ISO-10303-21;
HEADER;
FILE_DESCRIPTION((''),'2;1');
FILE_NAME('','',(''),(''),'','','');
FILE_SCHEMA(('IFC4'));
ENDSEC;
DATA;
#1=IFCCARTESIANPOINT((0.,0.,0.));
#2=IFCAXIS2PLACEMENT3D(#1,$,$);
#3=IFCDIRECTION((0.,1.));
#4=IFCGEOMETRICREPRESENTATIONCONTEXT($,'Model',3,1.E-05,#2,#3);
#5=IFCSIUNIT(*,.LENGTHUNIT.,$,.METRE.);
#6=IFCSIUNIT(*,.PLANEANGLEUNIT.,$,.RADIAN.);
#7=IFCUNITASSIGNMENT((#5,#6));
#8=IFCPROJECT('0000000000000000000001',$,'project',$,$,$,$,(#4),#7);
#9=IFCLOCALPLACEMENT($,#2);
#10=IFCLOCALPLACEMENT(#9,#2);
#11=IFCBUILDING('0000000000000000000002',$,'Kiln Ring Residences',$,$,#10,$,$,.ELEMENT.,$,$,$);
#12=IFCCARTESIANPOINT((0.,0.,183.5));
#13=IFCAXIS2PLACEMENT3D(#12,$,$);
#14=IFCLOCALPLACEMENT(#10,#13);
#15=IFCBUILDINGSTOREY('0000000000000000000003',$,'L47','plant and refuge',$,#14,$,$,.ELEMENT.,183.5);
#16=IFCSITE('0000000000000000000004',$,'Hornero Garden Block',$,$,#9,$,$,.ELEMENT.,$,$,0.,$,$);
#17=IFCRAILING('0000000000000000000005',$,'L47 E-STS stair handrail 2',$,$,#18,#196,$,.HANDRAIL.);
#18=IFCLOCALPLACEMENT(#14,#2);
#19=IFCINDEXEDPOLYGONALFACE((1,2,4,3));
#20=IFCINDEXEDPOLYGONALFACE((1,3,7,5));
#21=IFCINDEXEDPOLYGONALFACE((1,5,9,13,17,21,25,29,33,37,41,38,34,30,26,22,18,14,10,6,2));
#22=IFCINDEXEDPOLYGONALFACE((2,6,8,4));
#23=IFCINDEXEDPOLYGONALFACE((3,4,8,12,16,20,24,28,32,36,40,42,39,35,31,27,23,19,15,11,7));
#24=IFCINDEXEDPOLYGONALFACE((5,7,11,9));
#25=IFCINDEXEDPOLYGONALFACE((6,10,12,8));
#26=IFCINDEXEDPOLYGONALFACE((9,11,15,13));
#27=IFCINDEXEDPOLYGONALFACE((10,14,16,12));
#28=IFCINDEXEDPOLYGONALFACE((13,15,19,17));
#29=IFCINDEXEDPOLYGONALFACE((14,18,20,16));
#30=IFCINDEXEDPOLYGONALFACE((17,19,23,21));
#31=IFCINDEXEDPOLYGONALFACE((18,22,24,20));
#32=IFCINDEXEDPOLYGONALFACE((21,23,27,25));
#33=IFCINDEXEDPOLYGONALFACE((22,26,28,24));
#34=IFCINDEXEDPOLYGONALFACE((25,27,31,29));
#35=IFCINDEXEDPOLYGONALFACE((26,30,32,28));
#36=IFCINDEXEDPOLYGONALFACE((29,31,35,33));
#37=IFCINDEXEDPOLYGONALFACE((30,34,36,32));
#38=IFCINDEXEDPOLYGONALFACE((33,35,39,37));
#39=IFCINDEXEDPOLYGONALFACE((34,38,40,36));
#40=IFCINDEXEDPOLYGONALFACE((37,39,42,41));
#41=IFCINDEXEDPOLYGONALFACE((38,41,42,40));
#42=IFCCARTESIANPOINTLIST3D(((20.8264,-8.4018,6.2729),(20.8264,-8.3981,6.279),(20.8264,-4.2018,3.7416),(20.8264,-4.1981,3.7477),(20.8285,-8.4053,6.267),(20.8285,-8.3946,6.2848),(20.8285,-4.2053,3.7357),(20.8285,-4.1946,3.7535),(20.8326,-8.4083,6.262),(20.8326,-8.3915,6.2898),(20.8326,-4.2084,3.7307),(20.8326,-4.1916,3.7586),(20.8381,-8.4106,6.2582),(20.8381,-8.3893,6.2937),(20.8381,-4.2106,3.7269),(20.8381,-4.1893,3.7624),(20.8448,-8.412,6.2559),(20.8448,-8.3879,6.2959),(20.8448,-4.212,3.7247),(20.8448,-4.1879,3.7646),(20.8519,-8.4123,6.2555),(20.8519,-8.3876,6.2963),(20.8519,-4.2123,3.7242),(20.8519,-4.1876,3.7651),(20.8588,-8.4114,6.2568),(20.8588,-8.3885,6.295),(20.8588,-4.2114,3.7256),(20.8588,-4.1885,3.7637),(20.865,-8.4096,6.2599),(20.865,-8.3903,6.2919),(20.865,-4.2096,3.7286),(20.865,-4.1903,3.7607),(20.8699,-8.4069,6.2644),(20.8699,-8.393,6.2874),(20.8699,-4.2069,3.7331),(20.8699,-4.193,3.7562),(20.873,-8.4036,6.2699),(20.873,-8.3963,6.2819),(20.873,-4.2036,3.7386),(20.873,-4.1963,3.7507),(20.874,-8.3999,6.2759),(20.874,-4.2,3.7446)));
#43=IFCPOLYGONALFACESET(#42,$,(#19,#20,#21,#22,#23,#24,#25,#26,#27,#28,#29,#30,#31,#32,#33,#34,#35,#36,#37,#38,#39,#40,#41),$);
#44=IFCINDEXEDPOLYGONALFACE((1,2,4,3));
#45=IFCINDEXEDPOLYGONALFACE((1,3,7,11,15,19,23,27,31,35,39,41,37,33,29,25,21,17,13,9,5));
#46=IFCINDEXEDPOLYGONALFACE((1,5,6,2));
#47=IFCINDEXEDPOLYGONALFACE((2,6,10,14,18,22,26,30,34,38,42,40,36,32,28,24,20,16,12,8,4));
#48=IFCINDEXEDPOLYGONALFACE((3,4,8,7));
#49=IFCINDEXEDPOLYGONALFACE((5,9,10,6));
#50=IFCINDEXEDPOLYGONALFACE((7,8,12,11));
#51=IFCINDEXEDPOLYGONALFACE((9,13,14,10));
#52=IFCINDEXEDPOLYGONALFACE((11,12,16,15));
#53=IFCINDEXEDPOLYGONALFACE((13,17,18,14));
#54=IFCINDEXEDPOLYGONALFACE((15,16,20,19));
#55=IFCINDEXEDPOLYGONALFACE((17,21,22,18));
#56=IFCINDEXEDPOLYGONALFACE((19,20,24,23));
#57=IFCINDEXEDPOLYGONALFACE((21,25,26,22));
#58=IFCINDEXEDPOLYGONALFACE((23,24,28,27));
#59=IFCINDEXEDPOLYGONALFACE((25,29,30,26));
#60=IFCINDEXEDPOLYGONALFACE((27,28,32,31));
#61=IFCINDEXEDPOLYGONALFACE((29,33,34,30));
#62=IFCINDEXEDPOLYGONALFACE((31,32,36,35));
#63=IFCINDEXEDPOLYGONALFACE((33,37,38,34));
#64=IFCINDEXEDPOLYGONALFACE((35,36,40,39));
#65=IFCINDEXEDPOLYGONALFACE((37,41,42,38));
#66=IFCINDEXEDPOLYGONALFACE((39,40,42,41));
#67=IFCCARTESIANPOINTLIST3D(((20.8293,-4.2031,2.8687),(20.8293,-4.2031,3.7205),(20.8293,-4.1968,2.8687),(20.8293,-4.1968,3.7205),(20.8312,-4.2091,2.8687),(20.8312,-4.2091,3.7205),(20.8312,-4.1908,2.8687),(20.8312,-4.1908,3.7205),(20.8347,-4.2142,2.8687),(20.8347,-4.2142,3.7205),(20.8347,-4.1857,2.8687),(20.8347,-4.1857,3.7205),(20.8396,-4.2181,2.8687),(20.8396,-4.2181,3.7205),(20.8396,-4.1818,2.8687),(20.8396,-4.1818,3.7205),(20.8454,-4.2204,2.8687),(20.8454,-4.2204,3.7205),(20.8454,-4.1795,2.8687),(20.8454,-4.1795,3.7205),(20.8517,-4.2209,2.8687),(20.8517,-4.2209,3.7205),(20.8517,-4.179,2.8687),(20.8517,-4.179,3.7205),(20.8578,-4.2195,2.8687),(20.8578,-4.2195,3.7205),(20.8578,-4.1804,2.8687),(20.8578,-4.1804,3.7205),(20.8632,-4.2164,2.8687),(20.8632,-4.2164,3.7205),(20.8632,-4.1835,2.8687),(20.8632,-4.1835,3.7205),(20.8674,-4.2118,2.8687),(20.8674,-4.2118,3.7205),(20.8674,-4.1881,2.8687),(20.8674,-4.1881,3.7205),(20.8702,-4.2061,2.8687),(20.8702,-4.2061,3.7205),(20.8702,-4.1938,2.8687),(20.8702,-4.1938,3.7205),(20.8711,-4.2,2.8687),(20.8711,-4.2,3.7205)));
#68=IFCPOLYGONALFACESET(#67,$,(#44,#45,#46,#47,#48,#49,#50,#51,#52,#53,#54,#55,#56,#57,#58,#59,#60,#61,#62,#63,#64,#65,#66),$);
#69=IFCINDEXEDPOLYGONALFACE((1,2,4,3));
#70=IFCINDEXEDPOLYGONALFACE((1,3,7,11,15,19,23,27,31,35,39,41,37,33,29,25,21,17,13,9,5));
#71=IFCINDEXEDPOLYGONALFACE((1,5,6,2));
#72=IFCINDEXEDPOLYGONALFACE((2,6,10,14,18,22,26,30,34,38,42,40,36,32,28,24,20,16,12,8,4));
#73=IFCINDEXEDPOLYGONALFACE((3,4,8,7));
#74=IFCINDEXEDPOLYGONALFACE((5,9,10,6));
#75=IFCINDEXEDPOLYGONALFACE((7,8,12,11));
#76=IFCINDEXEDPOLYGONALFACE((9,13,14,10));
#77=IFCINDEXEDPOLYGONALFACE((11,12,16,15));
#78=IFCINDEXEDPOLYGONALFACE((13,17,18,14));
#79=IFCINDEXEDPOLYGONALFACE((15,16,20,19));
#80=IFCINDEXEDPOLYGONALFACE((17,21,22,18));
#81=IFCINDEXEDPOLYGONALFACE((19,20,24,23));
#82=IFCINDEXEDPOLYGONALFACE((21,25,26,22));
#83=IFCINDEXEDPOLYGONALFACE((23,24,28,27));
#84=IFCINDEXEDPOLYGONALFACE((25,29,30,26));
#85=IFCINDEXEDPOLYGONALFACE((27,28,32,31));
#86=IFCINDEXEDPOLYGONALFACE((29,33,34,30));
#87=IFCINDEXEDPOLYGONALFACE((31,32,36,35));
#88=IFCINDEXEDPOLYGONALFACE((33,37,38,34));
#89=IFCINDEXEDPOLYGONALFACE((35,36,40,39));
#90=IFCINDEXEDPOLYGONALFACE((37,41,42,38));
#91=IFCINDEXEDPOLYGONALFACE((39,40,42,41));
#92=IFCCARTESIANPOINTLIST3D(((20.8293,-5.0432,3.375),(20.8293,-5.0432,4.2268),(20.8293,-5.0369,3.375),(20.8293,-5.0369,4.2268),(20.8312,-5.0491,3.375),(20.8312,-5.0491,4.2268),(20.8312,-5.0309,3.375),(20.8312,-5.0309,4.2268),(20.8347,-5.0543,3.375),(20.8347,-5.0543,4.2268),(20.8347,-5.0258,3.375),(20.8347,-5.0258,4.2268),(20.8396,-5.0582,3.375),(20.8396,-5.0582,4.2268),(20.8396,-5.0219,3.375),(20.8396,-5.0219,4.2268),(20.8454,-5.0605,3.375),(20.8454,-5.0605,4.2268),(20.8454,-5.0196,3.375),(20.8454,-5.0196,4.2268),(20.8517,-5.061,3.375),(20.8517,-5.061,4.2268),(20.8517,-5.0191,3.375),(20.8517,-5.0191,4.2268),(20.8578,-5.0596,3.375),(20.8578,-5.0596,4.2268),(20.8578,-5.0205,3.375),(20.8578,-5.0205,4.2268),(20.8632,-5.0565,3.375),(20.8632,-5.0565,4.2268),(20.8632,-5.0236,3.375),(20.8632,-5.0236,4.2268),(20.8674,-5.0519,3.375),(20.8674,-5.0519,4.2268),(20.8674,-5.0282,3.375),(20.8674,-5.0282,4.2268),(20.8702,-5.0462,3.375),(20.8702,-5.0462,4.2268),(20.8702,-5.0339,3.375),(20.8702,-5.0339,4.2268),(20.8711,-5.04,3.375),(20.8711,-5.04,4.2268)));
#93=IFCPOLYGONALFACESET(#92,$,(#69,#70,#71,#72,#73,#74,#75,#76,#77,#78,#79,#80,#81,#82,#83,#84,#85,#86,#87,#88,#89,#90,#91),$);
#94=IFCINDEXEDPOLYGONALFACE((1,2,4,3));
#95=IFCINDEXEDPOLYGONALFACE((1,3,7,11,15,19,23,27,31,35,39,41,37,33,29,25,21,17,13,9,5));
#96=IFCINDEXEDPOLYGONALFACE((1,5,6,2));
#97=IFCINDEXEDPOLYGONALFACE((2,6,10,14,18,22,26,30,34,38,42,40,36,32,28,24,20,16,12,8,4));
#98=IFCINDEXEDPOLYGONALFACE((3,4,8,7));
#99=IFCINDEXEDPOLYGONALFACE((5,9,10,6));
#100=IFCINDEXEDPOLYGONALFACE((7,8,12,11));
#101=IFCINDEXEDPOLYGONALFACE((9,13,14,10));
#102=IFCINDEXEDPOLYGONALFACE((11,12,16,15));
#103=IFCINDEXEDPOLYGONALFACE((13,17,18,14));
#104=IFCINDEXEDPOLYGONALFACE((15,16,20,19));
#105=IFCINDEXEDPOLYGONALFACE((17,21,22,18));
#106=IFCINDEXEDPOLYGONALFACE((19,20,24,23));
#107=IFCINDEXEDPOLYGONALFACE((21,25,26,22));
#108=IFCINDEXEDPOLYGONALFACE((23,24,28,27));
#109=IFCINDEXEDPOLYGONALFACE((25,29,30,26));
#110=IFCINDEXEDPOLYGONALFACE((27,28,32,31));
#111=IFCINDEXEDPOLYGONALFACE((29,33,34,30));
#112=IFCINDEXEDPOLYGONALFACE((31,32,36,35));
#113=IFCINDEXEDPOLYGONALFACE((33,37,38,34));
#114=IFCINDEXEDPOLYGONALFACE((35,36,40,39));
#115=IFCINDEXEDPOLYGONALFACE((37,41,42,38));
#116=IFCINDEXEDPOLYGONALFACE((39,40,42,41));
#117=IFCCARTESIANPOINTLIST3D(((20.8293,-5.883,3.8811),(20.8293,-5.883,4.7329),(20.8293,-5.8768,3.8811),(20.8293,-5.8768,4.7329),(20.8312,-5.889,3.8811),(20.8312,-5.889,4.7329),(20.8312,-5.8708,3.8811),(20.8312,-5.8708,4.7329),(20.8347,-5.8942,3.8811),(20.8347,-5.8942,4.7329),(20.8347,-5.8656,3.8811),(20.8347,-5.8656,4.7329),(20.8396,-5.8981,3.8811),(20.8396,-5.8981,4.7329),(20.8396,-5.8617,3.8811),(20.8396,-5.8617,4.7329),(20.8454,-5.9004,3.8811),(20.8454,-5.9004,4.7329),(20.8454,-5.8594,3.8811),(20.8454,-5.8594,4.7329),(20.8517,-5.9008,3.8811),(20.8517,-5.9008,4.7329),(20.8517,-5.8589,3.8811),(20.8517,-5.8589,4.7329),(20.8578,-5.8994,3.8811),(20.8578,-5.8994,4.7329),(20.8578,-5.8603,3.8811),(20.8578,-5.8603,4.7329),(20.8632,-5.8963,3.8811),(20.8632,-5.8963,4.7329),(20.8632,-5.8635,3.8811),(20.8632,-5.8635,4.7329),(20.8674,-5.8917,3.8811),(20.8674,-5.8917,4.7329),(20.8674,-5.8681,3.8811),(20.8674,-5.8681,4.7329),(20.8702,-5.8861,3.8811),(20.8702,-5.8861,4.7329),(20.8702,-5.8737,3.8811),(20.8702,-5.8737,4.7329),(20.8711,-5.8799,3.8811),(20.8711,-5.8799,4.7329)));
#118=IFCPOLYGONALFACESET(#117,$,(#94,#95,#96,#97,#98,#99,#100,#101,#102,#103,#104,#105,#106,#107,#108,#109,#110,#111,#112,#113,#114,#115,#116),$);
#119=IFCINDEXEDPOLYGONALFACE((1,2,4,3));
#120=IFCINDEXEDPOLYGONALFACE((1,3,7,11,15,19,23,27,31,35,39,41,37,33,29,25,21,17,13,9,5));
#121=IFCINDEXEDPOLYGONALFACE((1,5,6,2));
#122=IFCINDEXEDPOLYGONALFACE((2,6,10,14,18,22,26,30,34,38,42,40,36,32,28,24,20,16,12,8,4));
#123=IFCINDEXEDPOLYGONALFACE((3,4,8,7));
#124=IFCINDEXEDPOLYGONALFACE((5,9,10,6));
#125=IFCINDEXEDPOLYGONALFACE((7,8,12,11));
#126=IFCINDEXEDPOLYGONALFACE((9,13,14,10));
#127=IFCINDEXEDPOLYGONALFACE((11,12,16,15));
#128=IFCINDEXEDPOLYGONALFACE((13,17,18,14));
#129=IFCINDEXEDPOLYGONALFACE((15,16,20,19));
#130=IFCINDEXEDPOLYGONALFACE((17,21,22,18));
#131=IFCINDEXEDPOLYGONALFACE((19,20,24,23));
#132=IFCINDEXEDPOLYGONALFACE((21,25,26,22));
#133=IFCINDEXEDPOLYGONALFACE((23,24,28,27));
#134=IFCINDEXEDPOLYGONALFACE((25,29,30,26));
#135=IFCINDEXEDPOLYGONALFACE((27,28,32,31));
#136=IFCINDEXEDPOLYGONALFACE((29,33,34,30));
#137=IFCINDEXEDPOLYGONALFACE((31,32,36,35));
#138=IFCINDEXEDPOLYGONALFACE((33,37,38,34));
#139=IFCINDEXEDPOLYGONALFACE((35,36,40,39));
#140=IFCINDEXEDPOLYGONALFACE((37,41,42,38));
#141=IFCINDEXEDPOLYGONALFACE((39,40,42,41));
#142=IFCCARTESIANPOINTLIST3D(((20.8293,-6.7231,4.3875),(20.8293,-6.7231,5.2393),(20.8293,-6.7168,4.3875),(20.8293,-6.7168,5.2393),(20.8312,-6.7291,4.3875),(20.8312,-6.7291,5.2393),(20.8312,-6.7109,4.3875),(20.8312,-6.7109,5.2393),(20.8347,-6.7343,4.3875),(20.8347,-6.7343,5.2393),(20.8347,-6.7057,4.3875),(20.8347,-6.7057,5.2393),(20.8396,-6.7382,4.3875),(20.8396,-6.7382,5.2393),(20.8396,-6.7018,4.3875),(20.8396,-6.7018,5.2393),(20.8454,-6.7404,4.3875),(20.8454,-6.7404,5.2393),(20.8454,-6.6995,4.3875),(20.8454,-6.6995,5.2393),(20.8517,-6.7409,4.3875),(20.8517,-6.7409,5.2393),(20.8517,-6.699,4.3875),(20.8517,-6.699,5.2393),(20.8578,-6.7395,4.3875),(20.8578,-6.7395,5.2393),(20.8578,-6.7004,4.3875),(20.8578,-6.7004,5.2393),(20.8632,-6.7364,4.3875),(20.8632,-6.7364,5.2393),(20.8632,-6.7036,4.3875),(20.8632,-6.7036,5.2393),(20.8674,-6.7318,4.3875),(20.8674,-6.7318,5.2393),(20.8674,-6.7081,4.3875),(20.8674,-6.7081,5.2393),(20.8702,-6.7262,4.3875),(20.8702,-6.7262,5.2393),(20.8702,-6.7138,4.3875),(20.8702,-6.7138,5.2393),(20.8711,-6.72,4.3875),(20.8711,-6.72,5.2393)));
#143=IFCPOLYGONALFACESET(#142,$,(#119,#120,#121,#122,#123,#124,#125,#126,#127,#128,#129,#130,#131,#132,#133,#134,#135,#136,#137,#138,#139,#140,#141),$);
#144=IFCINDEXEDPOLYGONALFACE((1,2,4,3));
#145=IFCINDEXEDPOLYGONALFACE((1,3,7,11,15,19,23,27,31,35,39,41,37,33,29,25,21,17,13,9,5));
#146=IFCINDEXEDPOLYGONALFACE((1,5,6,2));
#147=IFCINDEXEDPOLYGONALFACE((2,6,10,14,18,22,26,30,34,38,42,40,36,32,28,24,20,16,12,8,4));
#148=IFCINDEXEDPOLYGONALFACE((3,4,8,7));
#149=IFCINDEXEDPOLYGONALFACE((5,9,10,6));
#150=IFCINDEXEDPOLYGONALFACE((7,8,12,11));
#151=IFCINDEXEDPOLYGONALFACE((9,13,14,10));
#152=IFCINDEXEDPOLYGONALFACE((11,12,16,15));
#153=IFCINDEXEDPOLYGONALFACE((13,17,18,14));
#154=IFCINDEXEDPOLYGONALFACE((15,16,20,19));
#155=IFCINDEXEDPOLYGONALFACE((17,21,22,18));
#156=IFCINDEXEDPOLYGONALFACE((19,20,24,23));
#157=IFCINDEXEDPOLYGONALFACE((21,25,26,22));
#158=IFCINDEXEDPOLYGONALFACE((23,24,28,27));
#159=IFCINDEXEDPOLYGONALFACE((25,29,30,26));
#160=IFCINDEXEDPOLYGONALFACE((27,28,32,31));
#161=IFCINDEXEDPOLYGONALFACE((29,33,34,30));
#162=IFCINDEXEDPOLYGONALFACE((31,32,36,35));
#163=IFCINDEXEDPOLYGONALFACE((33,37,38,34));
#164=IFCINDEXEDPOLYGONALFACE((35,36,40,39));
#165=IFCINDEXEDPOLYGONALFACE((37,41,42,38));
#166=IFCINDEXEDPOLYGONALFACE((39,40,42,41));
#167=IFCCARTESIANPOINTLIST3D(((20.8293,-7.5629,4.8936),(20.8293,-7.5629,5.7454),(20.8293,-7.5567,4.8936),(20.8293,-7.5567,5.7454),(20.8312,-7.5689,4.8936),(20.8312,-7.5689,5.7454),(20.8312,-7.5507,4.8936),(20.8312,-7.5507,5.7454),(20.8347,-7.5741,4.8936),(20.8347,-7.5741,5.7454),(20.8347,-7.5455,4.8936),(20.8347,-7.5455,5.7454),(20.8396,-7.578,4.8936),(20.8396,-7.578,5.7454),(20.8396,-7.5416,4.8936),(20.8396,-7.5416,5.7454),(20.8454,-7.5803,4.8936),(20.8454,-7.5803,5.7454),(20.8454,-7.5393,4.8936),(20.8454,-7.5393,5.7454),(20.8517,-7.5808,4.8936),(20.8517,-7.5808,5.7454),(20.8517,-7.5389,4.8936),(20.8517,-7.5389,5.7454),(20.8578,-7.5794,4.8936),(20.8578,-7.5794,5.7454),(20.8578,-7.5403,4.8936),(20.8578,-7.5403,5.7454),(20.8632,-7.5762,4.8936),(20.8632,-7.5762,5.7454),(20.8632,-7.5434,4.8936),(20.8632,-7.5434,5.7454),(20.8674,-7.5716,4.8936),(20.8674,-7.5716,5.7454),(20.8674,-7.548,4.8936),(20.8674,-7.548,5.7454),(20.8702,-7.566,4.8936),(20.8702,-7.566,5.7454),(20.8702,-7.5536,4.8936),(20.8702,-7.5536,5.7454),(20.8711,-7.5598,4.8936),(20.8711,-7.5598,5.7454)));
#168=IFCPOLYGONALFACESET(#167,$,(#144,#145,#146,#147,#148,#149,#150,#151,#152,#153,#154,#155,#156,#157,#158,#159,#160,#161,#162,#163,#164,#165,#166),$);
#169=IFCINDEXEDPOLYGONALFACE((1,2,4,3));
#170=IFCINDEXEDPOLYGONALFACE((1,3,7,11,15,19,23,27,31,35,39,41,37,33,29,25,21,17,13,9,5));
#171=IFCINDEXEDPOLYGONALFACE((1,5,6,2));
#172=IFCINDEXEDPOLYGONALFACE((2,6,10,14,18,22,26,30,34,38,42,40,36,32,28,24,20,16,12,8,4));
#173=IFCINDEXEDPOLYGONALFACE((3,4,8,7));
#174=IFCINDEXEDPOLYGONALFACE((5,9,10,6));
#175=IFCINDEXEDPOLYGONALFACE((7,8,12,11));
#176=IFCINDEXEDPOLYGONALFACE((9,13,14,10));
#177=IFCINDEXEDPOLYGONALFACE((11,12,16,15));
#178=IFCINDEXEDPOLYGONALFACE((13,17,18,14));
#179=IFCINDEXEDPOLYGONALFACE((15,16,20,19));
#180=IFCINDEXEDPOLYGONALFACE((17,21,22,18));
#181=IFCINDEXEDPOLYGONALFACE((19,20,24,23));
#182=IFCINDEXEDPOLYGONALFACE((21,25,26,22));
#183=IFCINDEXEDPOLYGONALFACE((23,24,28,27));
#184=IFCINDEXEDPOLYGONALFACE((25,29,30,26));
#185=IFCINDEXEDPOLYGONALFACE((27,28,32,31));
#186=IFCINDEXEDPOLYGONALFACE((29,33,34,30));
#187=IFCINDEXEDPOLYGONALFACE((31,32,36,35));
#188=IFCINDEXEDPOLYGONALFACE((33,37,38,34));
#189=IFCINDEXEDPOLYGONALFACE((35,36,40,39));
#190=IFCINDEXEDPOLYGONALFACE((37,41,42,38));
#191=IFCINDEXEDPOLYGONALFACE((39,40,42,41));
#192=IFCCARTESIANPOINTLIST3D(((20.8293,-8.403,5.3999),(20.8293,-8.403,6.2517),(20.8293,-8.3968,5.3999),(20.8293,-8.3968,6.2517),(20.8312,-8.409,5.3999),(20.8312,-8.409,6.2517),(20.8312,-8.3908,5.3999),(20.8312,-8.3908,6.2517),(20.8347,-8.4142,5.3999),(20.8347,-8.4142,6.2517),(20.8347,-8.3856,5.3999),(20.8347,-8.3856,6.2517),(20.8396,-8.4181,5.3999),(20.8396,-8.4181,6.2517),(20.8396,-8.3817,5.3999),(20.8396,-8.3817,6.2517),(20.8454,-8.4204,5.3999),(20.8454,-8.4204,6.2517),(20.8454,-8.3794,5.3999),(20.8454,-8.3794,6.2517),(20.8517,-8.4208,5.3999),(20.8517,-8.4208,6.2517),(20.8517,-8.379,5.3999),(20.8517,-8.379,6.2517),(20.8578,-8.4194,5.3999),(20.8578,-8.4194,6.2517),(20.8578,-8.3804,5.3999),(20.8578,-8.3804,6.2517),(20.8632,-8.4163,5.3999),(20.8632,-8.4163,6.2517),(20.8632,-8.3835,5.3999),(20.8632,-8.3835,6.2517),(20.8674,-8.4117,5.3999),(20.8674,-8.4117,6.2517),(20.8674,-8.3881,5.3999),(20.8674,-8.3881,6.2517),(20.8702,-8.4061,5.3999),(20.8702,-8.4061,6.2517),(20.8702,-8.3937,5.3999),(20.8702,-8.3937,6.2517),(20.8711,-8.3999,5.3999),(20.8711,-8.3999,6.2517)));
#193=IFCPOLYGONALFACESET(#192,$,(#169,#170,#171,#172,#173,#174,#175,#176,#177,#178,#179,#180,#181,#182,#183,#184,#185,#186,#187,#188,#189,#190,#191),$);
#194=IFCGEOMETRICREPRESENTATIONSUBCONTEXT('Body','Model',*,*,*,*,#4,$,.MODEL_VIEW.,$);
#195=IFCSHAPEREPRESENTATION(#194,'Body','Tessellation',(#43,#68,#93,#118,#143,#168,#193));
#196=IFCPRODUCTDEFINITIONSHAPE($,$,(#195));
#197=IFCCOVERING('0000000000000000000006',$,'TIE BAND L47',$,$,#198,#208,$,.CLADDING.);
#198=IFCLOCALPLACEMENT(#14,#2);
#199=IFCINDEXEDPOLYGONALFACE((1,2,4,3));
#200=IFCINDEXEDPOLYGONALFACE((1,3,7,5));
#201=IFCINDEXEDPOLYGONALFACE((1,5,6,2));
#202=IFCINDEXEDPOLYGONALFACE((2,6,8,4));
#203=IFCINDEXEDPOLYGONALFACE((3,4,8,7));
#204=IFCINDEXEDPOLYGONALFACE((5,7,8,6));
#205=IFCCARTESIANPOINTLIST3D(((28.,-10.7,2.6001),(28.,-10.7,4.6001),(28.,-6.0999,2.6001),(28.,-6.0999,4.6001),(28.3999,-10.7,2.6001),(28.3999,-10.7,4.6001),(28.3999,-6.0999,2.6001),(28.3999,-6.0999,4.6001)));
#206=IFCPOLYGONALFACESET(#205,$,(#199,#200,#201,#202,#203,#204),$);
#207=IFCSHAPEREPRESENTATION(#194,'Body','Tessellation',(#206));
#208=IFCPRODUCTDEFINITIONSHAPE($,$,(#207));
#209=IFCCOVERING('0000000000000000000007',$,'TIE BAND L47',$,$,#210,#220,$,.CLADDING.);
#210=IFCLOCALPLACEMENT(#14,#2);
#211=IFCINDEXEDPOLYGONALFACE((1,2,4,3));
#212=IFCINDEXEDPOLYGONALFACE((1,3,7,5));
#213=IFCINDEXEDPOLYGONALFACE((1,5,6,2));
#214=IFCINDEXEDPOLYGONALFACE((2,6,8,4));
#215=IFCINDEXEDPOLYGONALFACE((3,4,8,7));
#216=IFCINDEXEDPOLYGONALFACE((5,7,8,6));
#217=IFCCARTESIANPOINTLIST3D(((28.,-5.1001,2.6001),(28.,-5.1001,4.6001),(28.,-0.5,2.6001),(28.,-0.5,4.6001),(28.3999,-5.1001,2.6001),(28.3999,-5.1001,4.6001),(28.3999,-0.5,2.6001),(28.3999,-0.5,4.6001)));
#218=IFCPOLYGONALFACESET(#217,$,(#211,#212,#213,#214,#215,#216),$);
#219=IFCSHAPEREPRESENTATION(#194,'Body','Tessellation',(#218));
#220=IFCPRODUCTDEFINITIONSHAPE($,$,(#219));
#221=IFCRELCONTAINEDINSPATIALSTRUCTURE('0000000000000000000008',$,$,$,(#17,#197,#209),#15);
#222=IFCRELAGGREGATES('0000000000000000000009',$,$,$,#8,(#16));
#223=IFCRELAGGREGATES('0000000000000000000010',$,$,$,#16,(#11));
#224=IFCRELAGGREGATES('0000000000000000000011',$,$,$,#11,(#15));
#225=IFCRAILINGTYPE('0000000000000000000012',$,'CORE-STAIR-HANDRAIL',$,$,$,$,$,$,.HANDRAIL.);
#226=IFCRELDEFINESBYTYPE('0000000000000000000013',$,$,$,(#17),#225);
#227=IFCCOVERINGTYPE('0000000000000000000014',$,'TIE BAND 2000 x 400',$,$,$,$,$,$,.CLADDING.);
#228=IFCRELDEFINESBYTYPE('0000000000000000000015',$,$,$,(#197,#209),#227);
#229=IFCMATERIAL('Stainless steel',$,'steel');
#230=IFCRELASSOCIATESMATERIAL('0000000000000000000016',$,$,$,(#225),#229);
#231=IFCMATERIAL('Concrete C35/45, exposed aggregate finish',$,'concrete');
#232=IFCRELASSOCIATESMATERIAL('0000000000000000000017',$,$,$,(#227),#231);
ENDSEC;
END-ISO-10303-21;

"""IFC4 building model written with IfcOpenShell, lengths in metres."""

from ifc_helpers import new_model, si_unit, direction, frame, origin, origin_2d, place, context, subcontext, project, spatial, rectangle, circle, extrude, material, type_object, element, save


model = new_model("IFC4")

# Units and contexts
model_context = context("Model", 3, precision=1e-05, world=origin(), true_north=direction((0.0, 1.0)))
body_context = subcontext(model_context, "Body", "Model", "MODEL_VIEW")
ifc_project = project(units=[si_unit("LENGTHUNIT", "METRE"), si_unit("PLANEANGLEUNIT", "RADIAN")], contexts=[model_context])

# Site, building, storey
site_placement = place(None, origin())
site = spatial("IfcSite", under=ifc_project, at=site_placement, Name="Hornero Garden Block", CompositionType="ELEMENT", RefElevation=0.0)
building_placement = place(site_placement, origin())
building = spatial("IfcBuilding", under=site, at=building_placement, Name="Kiln Ring Residences", CompositionType="ELEMENT")
storey_placement = place(building_placement, frame((0.0, 0.0, 183.5)))
storey = spatial("IfcBuildingStorey", under=building, at=storey_placement, Name="L47", Description="plant and refuge", CompositionType="ELEMENT", Elevation=183.5)

# Railing
ifc_material_1 = material(Name="Stainless steel", Category="steel")
railing_type_1 = type_object("IfcRailingType", Name="CORE-STAIR-HANDRAIL", PredefinedType="HANDRAIL", material=ifc_material_1)
railing_1_placement = place(storey_placement, frame((20.8501, -4.2, 2.8687)))
element("IfcRailing", 1, at=railing_1_placement, inside=storey, type_object=railing_type_1, Name="L47 E-STS stair handrail 2", PredefinedType="HANDRAIL", context=body_context, shape_type="SweptSolid", body=[
    extrude(circle(Radius=0.0239, at=origin_2d()), frame((0.0, 0.0, 0.876), z_axis=(0.0, -0.856476, 0.516186), x_axis=(1.0, 0.0, 0.0)), (0.0, 0.0, 1.0), 4.9038),
    extrude(circle(Radius=0.021, at=origin_2d()), origin(), (0.0, 0.0, 1.0), 0.8518),
    extrude(circle(Radius=0.021, at=origin_2d()), frame((0.0, -0.8401, 0.5063)), (0.0, 0.0, 1.0), 0.8518),
    extrude(circle(Radius=0.021, at=origin_2d()), frame((0.0, -1.6799, 1.0125)), (0.0, 0.0, 1.0), 0.8518),
    extrude(circle(Radius=0.021, at=origin_2d()), frame((0.0, -2.52, 1.5188)), (0.0, 0.0, 1.0), 0.8518),
    extrude(circle(Radius=0.021, at=origin_2d()), frame((0.0, -3.3599, 2.0249)), (0.0, 0.0, 1.0), 0.8518),
    extrude(circle(Radius=0.021, at=origin_2d()), frame((0.0, -4.2, 2.5312)), (0.0, 0.0, 1.0), 0.8518),
])

# Coverings
ifc_material_2 = material(Name="Concrete C35/45, exposed aggregate finish", Category="concrete")
covering_type = type_object("IfcCoveringType", Name="TIE BAND 2000 x 400", PredefinedType="CLADDING", material=ifc_material_2)
for number, where, z_axis, x_axis, name in (
    (2, (28.2, -8.3999, 2.6001), (0.0, 0.0, 1.0), (0.0, 1.0, 0.0), "TIE BAND L47"),
    (3, (28.2, -2.8, 2.6001), (0.0, 0.0, 1.0), (0.0, 1.0, 0.0), "TIE BAND L47"),
):
    element("IfcCovering", number, at=place(storey_placement, frame(where, z_axis=z_axis, x_axis=x_axis)), inside=storey, type_object=covering_type, Name=name, PredefinedType="CLADDING", context=body_context, shape_type="SweptSolid", body=[
        extrude(rectangle(XDim=4.6001, YDim=0.3999, at=origin_2d()), origin(), (0.0, 0.0, 1.0), 2.0),
    ])

save(model, "model.ifc")
